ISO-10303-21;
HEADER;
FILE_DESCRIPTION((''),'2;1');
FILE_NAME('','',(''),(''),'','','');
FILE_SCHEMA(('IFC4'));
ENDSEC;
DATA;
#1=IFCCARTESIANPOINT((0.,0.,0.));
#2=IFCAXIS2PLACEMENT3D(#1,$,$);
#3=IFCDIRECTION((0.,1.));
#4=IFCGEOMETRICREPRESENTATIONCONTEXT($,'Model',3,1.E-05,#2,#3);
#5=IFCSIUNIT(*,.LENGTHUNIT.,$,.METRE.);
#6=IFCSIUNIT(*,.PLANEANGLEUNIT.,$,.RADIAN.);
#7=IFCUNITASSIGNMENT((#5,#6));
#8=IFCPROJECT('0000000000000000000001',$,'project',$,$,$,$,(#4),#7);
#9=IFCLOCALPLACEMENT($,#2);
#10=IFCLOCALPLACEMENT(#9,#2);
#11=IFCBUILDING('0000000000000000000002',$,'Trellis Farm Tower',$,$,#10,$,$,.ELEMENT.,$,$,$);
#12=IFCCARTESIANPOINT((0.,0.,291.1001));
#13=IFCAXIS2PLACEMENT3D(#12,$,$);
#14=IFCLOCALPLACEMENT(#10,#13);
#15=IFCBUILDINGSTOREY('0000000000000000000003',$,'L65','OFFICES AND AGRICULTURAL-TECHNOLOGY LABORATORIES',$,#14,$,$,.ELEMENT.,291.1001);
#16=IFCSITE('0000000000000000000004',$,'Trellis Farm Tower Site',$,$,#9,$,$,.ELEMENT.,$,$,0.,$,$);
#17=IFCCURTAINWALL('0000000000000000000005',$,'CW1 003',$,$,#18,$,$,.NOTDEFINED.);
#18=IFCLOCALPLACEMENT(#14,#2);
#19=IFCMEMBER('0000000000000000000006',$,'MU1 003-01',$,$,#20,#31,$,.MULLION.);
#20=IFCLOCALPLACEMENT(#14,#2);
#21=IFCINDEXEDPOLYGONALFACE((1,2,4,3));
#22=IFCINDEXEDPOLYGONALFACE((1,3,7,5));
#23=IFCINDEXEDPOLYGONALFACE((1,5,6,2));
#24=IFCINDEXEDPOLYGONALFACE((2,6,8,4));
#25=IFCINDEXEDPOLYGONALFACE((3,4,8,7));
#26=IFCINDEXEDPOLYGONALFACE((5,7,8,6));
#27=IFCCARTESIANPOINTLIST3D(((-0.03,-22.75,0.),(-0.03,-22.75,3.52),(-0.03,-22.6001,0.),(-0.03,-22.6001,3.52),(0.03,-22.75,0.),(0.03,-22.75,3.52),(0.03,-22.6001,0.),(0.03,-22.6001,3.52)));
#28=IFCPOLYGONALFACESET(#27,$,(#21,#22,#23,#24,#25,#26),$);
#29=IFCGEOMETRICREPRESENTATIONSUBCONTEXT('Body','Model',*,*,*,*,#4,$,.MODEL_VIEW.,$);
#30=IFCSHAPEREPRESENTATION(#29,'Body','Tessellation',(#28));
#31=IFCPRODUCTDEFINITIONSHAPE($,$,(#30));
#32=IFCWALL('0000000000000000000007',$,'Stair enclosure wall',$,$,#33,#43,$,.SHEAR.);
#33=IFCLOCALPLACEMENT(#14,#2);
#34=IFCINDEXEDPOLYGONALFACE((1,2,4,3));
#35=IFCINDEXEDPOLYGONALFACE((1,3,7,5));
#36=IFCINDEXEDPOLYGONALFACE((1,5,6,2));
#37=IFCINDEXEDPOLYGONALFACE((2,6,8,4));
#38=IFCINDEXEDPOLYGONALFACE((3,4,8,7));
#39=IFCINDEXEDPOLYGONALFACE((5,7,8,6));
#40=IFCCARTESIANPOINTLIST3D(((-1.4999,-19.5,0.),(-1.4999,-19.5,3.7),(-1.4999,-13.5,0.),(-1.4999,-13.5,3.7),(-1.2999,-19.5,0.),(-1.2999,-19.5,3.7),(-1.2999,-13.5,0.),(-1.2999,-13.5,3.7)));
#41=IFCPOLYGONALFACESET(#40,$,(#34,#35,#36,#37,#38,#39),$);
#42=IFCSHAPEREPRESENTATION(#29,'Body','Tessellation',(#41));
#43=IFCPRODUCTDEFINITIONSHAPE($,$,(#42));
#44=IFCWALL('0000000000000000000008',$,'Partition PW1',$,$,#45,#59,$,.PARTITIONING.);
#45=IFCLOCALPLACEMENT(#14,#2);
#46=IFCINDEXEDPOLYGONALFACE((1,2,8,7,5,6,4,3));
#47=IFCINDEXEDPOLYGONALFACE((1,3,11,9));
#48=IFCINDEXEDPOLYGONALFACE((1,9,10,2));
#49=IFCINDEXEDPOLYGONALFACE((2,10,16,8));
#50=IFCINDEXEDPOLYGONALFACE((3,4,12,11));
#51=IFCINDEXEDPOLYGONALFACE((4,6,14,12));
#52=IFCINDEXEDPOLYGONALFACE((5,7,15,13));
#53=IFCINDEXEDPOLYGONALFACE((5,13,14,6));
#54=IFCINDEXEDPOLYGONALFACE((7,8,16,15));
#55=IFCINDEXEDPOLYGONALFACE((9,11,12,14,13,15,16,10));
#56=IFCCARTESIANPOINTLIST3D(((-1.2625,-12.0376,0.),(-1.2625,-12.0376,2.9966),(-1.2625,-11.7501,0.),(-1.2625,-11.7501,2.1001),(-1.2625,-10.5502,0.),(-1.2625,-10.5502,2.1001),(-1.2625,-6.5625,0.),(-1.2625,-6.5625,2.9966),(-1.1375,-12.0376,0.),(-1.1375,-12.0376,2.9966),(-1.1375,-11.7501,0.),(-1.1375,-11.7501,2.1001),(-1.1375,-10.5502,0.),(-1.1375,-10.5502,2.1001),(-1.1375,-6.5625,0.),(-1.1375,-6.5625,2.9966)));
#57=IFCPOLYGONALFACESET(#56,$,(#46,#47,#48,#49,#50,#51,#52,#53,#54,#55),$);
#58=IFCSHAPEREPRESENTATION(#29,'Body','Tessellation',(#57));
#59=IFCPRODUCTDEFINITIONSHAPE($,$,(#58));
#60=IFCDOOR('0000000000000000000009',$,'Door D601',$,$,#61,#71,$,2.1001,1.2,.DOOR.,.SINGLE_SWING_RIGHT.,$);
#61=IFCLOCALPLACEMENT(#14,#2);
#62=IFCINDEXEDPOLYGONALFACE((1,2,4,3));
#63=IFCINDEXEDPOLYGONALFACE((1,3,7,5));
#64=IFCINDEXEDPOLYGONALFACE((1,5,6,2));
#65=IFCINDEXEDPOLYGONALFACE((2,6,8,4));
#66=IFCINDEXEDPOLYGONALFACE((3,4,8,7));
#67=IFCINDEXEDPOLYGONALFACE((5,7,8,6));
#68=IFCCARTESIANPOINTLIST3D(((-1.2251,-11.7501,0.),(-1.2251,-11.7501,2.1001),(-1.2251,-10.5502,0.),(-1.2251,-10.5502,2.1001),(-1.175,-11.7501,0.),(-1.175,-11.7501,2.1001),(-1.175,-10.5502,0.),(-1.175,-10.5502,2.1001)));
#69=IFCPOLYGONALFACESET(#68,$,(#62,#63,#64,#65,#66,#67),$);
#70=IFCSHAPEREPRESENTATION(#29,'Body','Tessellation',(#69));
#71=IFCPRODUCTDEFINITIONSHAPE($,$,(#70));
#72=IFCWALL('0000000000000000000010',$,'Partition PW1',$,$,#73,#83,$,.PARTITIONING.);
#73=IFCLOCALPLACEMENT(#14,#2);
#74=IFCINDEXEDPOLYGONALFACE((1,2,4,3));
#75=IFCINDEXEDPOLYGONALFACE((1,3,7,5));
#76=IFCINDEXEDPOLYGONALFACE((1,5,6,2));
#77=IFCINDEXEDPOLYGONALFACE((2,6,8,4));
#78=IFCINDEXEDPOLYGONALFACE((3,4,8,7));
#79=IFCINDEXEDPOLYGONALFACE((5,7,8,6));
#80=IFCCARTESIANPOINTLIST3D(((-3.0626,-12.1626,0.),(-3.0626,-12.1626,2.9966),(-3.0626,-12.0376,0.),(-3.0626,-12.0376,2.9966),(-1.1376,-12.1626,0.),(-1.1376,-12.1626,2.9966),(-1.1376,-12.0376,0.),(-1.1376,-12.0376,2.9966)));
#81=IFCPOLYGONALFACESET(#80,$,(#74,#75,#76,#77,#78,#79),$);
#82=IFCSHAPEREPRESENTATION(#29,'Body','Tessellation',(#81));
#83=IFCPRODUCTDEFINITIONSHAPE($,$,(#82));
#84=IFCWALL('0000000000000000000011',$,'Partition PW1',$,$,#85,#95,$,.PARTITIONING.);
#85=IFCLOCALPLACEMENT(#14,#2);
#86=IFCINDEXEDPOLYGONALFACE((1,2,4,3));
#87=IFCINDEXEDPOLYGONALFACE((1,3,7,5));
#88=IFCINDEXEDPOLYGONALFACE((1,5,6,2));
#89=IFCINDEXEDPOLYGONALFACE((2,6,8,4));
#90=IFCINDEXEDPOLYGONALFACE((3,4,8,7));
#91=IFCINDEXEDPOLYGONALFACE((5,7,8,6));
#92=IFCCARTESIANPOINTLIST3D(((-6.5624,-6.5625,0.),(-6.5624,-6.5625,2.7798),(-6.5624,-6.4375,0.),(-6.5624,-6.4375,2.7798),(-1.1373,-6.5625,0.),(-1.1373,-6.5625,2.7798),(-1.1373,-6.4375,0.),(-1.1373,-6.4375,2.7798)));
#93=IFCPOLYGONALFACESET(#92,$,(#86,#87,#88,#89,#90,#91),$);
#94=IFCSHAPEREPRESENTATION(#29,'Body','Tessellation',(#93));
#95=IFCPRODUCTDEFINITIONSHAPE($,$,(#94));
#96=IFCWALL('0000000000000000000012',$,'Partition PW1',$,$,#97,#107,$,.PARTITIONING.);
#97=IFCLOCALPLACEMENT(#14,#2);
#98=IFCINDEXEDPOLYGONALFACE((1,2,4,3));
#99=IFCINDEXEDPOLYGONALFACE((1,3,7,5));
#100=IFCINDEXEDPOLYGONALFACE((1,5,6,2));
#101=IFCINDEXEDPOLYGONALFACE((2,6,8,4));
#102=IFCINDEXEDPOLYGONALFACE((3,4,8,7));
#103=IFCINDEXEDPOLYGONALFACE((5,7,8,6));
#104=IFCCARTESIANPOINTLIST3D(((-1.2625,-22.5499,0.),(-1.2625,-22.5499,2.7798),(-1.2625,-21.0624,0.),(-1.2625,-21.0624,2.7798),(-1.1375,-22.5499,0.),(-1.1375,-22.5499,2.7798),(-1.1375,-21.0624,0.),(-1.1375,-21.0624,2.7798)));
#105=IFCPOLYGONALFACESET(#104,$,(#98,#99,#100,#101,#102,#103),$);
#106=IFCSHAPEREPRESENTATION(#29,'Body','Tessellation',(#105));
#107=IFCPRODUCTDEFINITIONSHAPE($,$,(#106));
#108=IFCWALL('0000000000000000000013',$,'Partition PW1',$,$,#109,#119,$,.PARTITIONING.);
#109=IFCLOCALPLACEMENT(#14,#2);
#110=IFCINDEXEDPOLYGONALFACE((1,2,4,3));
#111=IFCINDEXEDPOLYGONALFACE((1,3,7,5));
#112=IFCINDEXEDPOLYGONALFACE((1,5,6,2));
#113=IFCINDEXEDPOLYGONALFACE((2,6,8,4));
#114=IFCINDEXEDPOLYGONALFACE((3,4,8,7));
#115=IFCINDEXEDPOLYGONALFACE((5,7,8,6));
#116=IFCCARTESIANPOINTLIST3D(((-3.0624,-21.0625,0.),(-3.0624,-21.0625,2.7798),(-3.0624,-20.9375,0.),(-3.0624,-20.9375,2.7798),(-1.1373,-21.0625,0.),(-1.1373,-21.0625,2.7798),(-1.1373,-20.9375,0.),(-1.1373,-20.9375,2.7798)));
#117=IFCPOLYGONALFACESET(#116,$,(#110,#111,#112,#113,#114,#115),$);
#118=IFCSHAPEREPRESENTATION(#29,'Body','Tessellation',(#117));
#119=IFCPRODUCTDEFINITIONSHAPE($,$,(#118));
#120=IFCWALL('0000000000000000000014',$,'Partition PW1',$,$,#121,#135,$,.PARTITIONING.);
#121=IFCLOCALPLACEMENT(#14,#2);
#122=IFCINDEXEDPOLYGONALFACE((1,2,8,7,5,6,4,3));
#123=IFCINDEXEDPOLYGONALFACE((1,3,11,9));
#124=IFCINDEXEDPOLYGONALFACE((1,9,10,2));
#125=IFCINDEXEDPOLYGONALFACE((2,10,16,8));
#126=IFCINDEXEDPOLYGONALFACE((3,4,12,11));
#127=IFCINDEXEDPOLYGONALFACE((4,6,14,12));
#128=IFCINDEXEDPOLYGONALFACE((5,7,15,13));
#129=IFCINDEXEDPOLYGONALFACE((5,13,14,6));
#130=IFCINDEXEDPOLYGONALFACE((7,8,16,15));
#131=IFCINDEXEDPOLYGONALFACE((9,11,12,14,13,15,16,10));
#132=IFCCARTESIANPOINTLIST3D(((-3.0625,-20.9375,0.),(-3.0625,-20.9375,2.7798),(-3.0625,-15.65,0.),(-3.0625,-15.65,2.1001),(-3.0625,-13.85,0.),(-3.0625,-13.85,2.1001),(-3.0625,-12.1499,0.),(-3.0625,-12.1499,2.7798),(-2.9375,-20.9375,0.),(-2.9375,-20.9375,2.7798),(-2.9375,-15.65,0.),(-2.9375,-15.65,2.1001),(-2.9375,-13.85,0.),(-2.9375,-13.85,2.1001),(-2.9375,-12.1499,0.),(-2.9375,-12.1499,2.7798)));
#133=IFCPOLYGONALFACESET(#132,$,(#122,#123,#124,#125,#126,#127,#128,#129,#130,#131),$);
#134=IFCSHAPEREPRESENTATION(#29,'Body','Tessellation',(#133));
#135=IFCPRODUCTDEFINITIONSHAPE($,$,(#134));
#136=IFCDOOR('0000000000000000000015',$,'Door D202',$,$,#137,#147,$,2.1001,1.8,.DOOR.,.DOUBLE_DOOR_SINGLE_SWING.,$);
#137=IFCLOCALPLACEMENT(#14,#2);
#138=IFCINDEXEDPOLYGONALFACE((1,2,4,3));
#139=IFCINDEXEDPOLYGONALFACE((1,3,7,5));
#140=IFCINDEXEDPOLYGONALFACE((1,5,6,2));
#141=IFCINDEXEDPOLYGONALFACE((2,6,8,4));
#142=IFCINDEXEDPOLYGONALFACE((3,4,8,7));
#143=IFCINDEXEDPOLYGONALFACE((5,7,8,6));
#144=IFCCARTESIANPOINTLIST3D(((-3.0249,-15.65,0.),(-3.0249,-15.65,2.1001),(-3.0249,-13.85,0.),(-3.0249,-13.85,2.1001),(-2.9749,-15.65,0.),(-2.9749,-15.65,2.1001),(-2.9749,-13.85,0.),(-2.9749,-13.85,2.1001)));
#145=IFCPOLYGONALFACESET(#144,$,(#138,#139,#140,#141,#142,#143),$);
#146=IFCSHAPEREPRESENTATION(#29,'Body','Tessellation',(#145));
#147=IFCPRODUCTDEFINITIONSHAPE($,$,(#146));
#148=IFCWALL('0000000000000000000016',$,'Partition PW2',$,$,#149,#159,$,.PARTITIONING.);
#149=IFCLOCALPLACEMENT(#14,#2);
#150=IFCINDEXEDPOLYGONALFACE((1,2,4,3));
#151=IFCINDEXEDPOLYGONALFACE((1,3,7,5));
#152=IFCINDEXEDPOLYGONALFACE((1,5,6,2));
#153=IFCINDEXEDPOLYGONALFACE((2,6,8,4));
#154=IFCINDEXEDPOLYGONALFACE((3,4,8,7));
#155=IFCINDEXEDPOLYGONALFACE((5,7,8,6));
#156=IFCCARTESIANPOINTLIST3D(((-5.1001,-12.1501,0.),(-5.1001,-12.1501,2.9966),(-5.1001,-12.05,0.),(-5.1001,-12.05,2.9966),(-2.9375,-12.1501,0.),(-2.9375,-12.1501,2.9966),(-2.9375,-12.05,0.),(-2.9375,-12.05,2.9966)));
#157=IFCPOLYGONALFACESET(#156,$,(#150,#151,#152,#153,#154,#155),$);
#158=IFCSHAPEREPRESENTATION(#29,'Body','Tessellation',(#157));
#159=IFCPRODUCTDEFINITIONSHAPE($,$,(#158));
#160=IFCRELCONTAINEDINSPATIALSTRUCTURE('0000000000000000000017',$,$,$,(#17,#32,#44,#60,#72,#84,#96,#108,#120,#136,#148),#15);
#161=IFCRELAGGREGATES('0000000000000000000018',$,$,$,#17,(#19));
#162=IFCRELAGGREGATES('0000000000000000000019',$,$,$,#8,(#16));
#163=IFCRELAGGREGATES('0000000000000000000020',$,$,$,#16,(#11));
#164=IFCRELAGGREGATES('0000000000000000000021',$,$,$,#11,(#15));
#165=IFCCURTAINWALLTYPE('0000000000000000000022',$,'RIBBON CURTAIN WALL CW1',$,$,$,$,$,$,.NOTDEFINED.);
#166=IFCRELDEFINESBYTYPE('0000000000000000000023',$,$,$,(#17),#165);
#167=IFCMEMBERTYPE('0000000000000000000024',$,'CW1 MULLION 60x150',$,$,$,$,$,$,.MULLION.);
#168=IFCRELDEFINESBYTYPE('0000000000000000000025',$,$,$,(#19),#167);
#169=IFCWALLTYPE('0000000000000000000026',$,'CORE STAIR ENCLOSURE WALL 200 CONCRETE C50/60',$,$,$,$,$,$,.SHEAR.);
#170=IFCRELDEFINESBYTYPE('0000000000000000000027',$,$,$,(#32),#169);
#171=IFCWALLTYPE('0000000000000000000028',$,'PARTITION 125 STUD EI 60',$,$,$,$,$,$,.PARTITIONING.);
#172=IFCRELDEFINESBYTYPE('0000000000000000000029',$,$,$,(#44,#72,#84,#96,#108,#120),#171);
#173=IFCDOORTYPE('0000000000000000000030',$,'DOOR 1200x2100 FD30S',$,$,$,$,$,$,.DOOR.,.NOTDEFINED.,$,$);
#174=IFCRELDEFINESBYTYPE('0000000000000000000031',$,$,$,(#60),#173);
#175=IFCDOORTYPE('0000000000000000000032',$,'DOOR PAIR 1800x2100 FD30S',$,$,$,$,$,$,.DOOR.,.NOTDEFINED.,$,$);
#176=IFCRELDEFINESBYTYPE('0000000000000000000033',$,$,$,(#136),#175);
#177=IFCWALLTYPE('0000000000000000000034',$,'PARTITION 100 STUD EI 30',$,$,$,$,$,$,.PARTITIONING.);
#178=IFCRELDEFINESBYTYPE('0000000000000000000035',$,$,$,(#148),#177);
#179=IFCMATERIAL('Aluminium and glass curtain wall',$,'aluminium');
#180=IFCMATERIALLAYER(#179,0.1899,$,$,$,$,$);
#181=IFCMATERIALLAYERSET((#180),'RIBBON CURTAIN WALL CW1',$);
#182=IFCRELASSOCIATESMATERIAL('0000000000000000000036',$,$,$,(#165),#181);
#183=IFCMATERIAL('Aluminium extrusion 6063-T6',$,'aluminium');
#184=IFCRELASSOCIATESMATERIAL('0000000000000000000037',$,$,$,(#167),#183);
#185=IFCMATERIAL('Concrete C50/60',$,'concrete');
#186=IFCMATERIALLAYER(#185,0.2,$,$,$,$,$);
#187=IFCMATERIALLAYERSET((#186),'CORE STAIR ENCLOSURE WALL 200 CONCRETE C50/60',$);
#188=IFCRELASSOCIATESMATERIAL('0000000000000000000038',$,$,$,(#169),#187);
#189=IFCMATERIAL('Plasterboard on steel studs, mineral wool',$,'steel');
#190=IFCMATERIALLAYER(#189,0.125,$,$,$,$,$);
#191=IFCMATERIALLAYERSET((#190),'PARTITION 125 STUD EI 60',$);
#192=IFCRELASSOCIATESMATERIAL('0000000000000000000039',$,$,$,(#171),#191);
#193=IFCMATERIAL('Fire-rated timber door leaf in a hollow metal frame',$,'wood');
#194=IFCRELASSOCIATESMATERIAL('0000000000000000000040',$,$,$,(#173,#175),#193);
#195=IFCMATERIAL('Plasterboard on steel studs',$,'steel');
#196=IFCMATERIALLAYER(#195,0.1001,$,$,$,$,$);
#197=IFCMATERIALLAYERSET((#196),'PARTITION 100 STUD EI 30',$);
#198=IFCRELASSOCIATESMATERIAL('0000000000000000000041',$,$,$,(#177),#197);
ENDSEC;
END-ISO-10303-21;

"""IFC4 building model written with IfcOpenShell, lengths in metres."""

from ifc_helpers import new_model, si_unit, direction, frame, frame_2d, origin, origin_2d, place, context, subcontext, project, spatial, rectangle, extrude, source, transform, mapped, material, layer, layer_set, material_profile, profile_set, type_object, element, fill, aggregate, save


model = new_model("IFC4")

# Units and contexts
model_context = context("Model", 3, precision=1e-05, world=origin(), true_north=direction((0.0, 1.0)))
body_context = subcontext(model_context, "Body", "Model", "MODEL_VIEW")
ifc_project = project(units=[si_unit("LENGTHUNIT", "METRE"), si_unit("PLANEANGLEUNIT", "RADIAN")], contexts=[model_context])

# Site, building, storey
site_placement = place(None, origin())
site = spatial("IfcSite", under=ifc_project, at=site_placement, Name="Trellis Farm Tower Site", CompositionType="ELEMENT", RefElevation=0.0)
building_placement = place(site_placement, origin())
building = spatial("IfcBuilding", under=site, at=building_placement, Name="Trellis Farm Tower", CompositionType="ELEMENT")
storey_placement = place(building_placement, frame((0.0, 0.0, 291.1001)))
storey = spatial("IfcBuildingStorey", under=building, at=storey_placement, Name="L65", Description="OFFICES AND AGRICULTURAL-TECHNOLOGY LABORATORIES", CompositionType="ELEMENT", Elevation=291.1001)

# Curtain wall, member
ifc_material_1 = material(Name="Aluminium and glass curtain wall", Category="aluminium")
ifc_layer_1 = layer(ifc_material_1, 0.1899)
ifc_layer_set_1 = layer_set([ifc_layer_1], Name="RIBBON CURTAIN WALL CW1")
curtain_wall_type = type_object("IfcCurtainWallType", Name="RIBBON CURTAIN WALL CW1", PredefinedType="NOTDEFINED", material=ifc_layer_set_1)
placement = place(storey_placement, origin())
curtain_wall = element("IfcCurtainWall", 1, at=placement, inside=storey, type_object=curtain_wall_type, Name="CW1 003", PredefinedType="NOTDEFINED")
ifc_material_2 = material(Name="Aluminium extrusion 6063-T6", Category="aluminium")
ifc_material_profile_1 = material_profile(ifc_material_2, rectangle(XDim=0.0601, YDim=0.1499, at=origin_2d()), Name="MULLION 60x150")
ifc_profile_set_1 = profile_set([ifc_material_profile_1], Name="Aluminium extrusion 6063-T6")
member_type = type_object("IfcMemberType", Name="CW1 MULLION 60x150", PredefinedType="MULLION", material=ifc_profile_set_1)
shared_shape_1 = source(origin(), body_context, "Body", "SweptSolid", [
    extrude(rectangle(XDim=0.0601, YDim=0.1499, at=origin_2d()), origin(), (0.0, 0.0, 1.0), 3.52),
])
member_placement = place(storey_placement, frame((0.0, -22.675, 0.0), z_axis=(0.0, 0.0, 1.0), x_axis=(1.0, 0.0, 0.0)))
member = element("IfcMember", 2, at=member_placement, type_object=member_type, Name="MU1 003-01", PredefinedType="MULLION", context=body_context, shape_type="MappedRepresentation", body=[
    mapped(shared_shape_1, transform((0.0, 0.0, 0.0))),
])
aggregate(curtain_wall, [member])

# Wall
ifc_material_3 = material(Name="Concrete C50/60", Category="concrete")
ifc_layer_2 = layer(ifc_material_3, 0.2)
ifc_layer_set_2 = layer_set([ifc_layer_2], Name="CORE STAIR ENCLOSURE WALL 200 CONCRETE C50/60")
wall_type_1 = type_object("IfcWallType", Name="CORE STAIR ENCLOSURE WALL 200 CONCRETE C50/60", PredefinedType="SHEAR", material=ifc_layer_set_2)
shared_shape_2 = source(origin(), body_context, "Body", "SweptSolid", [
    extrude(rectangle(XDim=6.0, YDim=0.2, at=frame_2d((3.0, 0.0))), origin(), (0.0, 0.0, 1.0), 3.7),
])
wall_1_placement = place(storey_placement, frame((-1.3999, -13.5, 0.0), z_axis=(0.0, 0.0, 1.0), x_axis=(0.0, -1.0, 0.0)))
element("IfcWall", 3, at=wall_1_placement, inside=storey, type_object=wall_type_1, Name="Stair enclosure wall", PredefinedType="SHEAR", context=body_context, shape_type="MappedRepresentation", body=[
    mapped(shared_shape_2, transform((0.0, 0.0, 0.0))),
])

# Wall, opening, door
ifc_material_4 = material(Name="Plasterboard on steel studs, mineral wool", Category="steel")
ifc_layer_3 = layer(ifc_material_4, 0.125)
ifc_layer_set_3 = layer_set([ifc_layer_3], Name="PARTITION 125 STUD EI 60")
wall_type_2 = type_object("IfcWallType", Name="PARTITION 125 STUD EI 60", PredefinedType="PARTITIONING", material=ifc_layer_set_3)
shared_shape_3 = source(origin(), body_context, "Body", "SweptSolid", [
    extrude(rectangle(XDim=5.4751, YDim=0.125, at=frame_2d((2.7375, 0.0))), origin(), (0.0, 0.0, 1.0), 2.9966),
])
wall_2_placement = place(storey_placement, frame((-1.2, -6.5625, 0.0), z_axis=(0.0, 0.0, 1.0), x_axis=(0.0, -1.0, 0.0)))
wall_2 = element("IfcWall", 4, at=wall_2_placement, inside=storey, type_object=wall_type_2, Name="Partition PW1", PredefinedType="PARTITIONING", context=body_context, shape_type="MappedRepresentation", body=[
    mapped(shared_shape_3, transform((0.0, 0.0, 0.0))),
])
shared_shape_4 = source(origin(), body_context, "Body", "SweptSolid", [
    extrude(rectangle(XDim=1.2, YDim=2.1001, at=frame_2d((0.6001, 1.05))), frame((0.0, 0.0725, 0.0), z_axis=(0.0, -1.0, 0.0), x_axis=(1.0, 0.0, 0.0)), (0.0, 0.0, 1.0), 0.145),
])
opening_1_placement = place(wall_2_placement, frame((3.9875, 0.0, 0.0)))
opening_1 = element("IfcOpeningElement", 5, at=opening_1_placement, cuts=wall_2, PredefinedType="OPENING", context=body_context, shape_type="MappedRepresentation", body=[
    mapped(shared_shape_4, transform((0.0, 0.0, 0.0))),
])
ifc_material_5 = material(Name="Fire-rated timber door leaf in a hollow metal frame", Category="wood")
door_type_1 = type_object("IfcDoorType", Name="DOOR 1200x2100 FD30S", OperationType="NOTDEFINED", PredefinedType="DOOR", material=ifc_material_5)
shared_shape_5 = source(origin(), body_context, "Body", "SweptSolid", [
    extrude(rectangle(XDim=1.2, YDim=2.1001, at=frame_2d((0.6001, 1.05))), frame((0.0, 0.0249, 0.0), z_axis=(0.0, -1.0, 0.0), x_axis=(1.0, 0.0, 0.0)), (0.0, 0.0, 1.0), 0.05),
])
door_1_placement = place(opening_1_placement, origin())
door_1 = element("IfcDoor", 6, at=door_1_placement, inside=storey, type_object=door_type_1, Name="Door D601", OperationType="SINGLE_SWING_RIGHT", OverallHeight=2.1001, OverallWidth=1.2, PredefinedType="DOOR", context=body_context, shape_type="MappedRepresentation", body=[
    mapped(shared_shape_5, transform((0.0, 0.0, 0.0))),
])
fill(opening_1, door_1)

# Walls
shared_shape_6 = source(origin(), body_context, "Body", "SweptSolid", [
    extrude(rectangle(XDim=1.925, YDim=0.125, at=frame_2d((0.9624, 0.0))), origin(), (0.0, 0.0, 1.0), 2.9966),
])
wall_3_placement = place(storey_placement, frame((-3.0625, -12.1001, 0.0), z_axis=(0.0, 0.0, 1.0), x_axis=(1.0, 0.0, 0.0)))
element("IfcWall", 7, at=wall_3_placement, inside=storey, type_object=wall_type_2, Name="Partition PW1", PredefinedType="PARTITIONING", context=body_context, shape_type="MappedRepresentation", body=[
    mapped(shared_shape_6, transform((0.0, 0.0, 0.0))),
])
shared_shape_7 = source(origin(), body_context, "Body", "SweptSolid", [
    extrude(rectangle(XDim=5.425, YDim=0.125, at=frame_2d((2.7124, 0.0))), origin(), (0.0, 0.0, 1.0), 2.7798),
])
wall_4_placement = place(storey_placement, frame((-1.1375, -6.5, 0.0), z_axis=(0.0, 0.0, 1.0), x_axis=(-1.0, 0.0, 0.0)))
element("IfcWall", 8, at=wall_4_placement, inside=storey, type_object=wall_type_2, Name="Partition PW1", PredefinedType="PARTITIONING", context=body_context, shape_type="MappedRepresentation", body=[
    mapped(shared_shape_7, transform((0.0, 0.0, 0.0))),
])
shared_shape_8 = source(origin(), body_context, "Body", "SweptSolid", [
    extrude(rectangle(XDim=1.4875, YDim=0.125, at=frame_2d((0.7437, 0.0))), origin(), (0.0, 0.0, 1.0), 2.7798),
])
wall_5_placement = place(storey_placement, frame((-1.2, -21.0625, 0.0), z_axis=(0.0, 0.0, 1.0), x_axis=(0.0, -1.0, 0.0)))
element("IfcWall", 9, at=wall_5_placement, inside=storey, type_object=wall_type_2, Name="Partition PW1", PredefinedType="PARTITIONING", context=body_context, shape_type="MappedRepresentation", body=[
    mapped(shared_shape_8, transform((0.0, 0.0, 0.0))),
])
shared_shape_9 = source(origin(), body_context, "Body", "SweptSolid", [
    extrude(rectangle(XDim=1.925, YDim=0.125, at=frame_2d((0.9624, 0.0))), origin(), (0.0, 0.0, 1.0), 2.7798),
])
wall_6_placement = place(storey_placement, frame((-1.1375, -21.0, 0.0), z_axis=(0.0, 0.0, 1.0), x_axis=(-1.0, 0.0, 0.0)))
element("IfcWall", 10, at=wall_6_placement, inside=storey, type_object=wall_type_2, Name="Partition PW1", PredefinedType="PARTITIONING", context=body_context, shape_type="MappedRepresentation", body=[
    mapped(shared_shape_9, transform((0.0, 0.0, 0.0))),
])

# Wall, opening, door
shared_shape_10 = source(origin(), body_context, "Body", "SweptSolid", [
    extrude(rectangle(XDim=8.7876, YDim=0.125, at=frame_2d((4.3938, 0.0))), origin(), (0.0, 0.0, 1.0), 2.7798),
])
wall_7_placement = place(storey_placement, frame((-3.0, -20.9375, 0.0), z_axis=(0.0, 0.0, 1.0), x_axis=(0.0, 1.0, 0.0)))
wall_7 = element("IfcWall", 11, at=wall_7_placement, inside=storey, type_object=wall_type_2, Name="Partition PW1", PredefinedType="PARTITIONING", context=body_context, shape_type="MappedRepresentation", body=[
    mapped(shared_shape_10, transform((0.0, 0.0, 0.0))),
])
shared_shape_11 = source(origin(), body_context, "Body", "SweptSolid", [
    extrude(rectangle(XDim=1.8, YDim=2.1001, at=frame_2d((0.8999, 1.05))), frame((0.0, 0.0725, 0.0), z_axis=(0.0, -1.0, 0.0), x_axis=(1.0, 0.0, 0.0)), (0.0, 0.0, 1.0), 0.145),
])
opening_2_placement = place(wall_7_placement, frame((5.2876, 0.0, 0.0)))
opening_2 = element("IfcOpeningElement", 12, at=opening_2_placement, cuts=wall_7, PredefinedType="OPENING", context=body_context, shape_type="MappedRepresentation", body=[
    mapped(shared_shape_11, transform((0.0, 0.0, 0.0))),
])
door_type_2 = type_object("IfcDoorType", Name="DOOR PAIR 1800x2100 FD30S", OperationType="NOTDEFINED", PredefinedType="DOOR", material=ifc_material_5)
shared_shape_12 = source(origin(), body_context, "Body", "SweptSolid", [
    extrude(rectangle(XDim=1.8, YDim=2.1001, at=frame_2d((0.8999, 1.05))), frame((0.0, 0.0249, 0.0), z_axis=(0.0, -1.0, 0.0), x_axis=(1.0, 0.0, 0.0)), (0.0, 0.0, 1.0), 0.05),
])
door_2_placement = place(opening_2_placement, origin())
door_2 = element("IfcDoor", 13, at=door_2_placement, inside=storey, type_object=door_type_2, Name="Door D202", OperationType="DOUBLE_DOOR_SINGLE_SWING", OverallHeight=2.1001, OverallWidth=1.8, PredefinedType="DOOR", context=body_context, shape_type="MappedRepresentation", body=[
    mapped(shared_shape_12, transform((0.0, 0.0, 0.0))),
])
fill(opening_2, door_2)

# Wall
ifc_material_6 = material(Name="Plasterboard on steel studs", Category="steel")
ifc_layer_4 = layer(ifc_material_6, 0.1001)
ifc_layer_set_4 = layer_set([ifc_layer_4], Name="PARTITION 100 STUD EI 30")
wall_type_3 = type_object("IfcWallType", Name="PARTITION 100 STUD EI 30", PredefinedType="PARTITIONING", material=ifc_layer_set_4)
shared_shape_13 = source(origin(), body_context, "Body", "SweptSolid", [
    extrude(rectangle(XDim=2.1626, YDim=0.1001, at=frame_2d((1.0813, 0.0))), origin(), (0.0, 0.0, 1.0), 2.9966),
])
wall_8_placement = place(storey_placement, frame((-5.1001, -12.1001, 0.0), z_axis=(0.0, 0.0, 1.0), x_axis=(1.0, 0.0, 0.0)))
element("IfcWall", 14, at=wall_8_placement, inside=storey, type_object=wall_type_3, Name="Partition PW2", PredefinedType="PARTITIONING", context=body_context, shape_type="MappedRepresentation", body=[
    mapped(shared_shape_13, transform((0.0, 0.0, 0.0))),
])

save(model, "model.ifc")
